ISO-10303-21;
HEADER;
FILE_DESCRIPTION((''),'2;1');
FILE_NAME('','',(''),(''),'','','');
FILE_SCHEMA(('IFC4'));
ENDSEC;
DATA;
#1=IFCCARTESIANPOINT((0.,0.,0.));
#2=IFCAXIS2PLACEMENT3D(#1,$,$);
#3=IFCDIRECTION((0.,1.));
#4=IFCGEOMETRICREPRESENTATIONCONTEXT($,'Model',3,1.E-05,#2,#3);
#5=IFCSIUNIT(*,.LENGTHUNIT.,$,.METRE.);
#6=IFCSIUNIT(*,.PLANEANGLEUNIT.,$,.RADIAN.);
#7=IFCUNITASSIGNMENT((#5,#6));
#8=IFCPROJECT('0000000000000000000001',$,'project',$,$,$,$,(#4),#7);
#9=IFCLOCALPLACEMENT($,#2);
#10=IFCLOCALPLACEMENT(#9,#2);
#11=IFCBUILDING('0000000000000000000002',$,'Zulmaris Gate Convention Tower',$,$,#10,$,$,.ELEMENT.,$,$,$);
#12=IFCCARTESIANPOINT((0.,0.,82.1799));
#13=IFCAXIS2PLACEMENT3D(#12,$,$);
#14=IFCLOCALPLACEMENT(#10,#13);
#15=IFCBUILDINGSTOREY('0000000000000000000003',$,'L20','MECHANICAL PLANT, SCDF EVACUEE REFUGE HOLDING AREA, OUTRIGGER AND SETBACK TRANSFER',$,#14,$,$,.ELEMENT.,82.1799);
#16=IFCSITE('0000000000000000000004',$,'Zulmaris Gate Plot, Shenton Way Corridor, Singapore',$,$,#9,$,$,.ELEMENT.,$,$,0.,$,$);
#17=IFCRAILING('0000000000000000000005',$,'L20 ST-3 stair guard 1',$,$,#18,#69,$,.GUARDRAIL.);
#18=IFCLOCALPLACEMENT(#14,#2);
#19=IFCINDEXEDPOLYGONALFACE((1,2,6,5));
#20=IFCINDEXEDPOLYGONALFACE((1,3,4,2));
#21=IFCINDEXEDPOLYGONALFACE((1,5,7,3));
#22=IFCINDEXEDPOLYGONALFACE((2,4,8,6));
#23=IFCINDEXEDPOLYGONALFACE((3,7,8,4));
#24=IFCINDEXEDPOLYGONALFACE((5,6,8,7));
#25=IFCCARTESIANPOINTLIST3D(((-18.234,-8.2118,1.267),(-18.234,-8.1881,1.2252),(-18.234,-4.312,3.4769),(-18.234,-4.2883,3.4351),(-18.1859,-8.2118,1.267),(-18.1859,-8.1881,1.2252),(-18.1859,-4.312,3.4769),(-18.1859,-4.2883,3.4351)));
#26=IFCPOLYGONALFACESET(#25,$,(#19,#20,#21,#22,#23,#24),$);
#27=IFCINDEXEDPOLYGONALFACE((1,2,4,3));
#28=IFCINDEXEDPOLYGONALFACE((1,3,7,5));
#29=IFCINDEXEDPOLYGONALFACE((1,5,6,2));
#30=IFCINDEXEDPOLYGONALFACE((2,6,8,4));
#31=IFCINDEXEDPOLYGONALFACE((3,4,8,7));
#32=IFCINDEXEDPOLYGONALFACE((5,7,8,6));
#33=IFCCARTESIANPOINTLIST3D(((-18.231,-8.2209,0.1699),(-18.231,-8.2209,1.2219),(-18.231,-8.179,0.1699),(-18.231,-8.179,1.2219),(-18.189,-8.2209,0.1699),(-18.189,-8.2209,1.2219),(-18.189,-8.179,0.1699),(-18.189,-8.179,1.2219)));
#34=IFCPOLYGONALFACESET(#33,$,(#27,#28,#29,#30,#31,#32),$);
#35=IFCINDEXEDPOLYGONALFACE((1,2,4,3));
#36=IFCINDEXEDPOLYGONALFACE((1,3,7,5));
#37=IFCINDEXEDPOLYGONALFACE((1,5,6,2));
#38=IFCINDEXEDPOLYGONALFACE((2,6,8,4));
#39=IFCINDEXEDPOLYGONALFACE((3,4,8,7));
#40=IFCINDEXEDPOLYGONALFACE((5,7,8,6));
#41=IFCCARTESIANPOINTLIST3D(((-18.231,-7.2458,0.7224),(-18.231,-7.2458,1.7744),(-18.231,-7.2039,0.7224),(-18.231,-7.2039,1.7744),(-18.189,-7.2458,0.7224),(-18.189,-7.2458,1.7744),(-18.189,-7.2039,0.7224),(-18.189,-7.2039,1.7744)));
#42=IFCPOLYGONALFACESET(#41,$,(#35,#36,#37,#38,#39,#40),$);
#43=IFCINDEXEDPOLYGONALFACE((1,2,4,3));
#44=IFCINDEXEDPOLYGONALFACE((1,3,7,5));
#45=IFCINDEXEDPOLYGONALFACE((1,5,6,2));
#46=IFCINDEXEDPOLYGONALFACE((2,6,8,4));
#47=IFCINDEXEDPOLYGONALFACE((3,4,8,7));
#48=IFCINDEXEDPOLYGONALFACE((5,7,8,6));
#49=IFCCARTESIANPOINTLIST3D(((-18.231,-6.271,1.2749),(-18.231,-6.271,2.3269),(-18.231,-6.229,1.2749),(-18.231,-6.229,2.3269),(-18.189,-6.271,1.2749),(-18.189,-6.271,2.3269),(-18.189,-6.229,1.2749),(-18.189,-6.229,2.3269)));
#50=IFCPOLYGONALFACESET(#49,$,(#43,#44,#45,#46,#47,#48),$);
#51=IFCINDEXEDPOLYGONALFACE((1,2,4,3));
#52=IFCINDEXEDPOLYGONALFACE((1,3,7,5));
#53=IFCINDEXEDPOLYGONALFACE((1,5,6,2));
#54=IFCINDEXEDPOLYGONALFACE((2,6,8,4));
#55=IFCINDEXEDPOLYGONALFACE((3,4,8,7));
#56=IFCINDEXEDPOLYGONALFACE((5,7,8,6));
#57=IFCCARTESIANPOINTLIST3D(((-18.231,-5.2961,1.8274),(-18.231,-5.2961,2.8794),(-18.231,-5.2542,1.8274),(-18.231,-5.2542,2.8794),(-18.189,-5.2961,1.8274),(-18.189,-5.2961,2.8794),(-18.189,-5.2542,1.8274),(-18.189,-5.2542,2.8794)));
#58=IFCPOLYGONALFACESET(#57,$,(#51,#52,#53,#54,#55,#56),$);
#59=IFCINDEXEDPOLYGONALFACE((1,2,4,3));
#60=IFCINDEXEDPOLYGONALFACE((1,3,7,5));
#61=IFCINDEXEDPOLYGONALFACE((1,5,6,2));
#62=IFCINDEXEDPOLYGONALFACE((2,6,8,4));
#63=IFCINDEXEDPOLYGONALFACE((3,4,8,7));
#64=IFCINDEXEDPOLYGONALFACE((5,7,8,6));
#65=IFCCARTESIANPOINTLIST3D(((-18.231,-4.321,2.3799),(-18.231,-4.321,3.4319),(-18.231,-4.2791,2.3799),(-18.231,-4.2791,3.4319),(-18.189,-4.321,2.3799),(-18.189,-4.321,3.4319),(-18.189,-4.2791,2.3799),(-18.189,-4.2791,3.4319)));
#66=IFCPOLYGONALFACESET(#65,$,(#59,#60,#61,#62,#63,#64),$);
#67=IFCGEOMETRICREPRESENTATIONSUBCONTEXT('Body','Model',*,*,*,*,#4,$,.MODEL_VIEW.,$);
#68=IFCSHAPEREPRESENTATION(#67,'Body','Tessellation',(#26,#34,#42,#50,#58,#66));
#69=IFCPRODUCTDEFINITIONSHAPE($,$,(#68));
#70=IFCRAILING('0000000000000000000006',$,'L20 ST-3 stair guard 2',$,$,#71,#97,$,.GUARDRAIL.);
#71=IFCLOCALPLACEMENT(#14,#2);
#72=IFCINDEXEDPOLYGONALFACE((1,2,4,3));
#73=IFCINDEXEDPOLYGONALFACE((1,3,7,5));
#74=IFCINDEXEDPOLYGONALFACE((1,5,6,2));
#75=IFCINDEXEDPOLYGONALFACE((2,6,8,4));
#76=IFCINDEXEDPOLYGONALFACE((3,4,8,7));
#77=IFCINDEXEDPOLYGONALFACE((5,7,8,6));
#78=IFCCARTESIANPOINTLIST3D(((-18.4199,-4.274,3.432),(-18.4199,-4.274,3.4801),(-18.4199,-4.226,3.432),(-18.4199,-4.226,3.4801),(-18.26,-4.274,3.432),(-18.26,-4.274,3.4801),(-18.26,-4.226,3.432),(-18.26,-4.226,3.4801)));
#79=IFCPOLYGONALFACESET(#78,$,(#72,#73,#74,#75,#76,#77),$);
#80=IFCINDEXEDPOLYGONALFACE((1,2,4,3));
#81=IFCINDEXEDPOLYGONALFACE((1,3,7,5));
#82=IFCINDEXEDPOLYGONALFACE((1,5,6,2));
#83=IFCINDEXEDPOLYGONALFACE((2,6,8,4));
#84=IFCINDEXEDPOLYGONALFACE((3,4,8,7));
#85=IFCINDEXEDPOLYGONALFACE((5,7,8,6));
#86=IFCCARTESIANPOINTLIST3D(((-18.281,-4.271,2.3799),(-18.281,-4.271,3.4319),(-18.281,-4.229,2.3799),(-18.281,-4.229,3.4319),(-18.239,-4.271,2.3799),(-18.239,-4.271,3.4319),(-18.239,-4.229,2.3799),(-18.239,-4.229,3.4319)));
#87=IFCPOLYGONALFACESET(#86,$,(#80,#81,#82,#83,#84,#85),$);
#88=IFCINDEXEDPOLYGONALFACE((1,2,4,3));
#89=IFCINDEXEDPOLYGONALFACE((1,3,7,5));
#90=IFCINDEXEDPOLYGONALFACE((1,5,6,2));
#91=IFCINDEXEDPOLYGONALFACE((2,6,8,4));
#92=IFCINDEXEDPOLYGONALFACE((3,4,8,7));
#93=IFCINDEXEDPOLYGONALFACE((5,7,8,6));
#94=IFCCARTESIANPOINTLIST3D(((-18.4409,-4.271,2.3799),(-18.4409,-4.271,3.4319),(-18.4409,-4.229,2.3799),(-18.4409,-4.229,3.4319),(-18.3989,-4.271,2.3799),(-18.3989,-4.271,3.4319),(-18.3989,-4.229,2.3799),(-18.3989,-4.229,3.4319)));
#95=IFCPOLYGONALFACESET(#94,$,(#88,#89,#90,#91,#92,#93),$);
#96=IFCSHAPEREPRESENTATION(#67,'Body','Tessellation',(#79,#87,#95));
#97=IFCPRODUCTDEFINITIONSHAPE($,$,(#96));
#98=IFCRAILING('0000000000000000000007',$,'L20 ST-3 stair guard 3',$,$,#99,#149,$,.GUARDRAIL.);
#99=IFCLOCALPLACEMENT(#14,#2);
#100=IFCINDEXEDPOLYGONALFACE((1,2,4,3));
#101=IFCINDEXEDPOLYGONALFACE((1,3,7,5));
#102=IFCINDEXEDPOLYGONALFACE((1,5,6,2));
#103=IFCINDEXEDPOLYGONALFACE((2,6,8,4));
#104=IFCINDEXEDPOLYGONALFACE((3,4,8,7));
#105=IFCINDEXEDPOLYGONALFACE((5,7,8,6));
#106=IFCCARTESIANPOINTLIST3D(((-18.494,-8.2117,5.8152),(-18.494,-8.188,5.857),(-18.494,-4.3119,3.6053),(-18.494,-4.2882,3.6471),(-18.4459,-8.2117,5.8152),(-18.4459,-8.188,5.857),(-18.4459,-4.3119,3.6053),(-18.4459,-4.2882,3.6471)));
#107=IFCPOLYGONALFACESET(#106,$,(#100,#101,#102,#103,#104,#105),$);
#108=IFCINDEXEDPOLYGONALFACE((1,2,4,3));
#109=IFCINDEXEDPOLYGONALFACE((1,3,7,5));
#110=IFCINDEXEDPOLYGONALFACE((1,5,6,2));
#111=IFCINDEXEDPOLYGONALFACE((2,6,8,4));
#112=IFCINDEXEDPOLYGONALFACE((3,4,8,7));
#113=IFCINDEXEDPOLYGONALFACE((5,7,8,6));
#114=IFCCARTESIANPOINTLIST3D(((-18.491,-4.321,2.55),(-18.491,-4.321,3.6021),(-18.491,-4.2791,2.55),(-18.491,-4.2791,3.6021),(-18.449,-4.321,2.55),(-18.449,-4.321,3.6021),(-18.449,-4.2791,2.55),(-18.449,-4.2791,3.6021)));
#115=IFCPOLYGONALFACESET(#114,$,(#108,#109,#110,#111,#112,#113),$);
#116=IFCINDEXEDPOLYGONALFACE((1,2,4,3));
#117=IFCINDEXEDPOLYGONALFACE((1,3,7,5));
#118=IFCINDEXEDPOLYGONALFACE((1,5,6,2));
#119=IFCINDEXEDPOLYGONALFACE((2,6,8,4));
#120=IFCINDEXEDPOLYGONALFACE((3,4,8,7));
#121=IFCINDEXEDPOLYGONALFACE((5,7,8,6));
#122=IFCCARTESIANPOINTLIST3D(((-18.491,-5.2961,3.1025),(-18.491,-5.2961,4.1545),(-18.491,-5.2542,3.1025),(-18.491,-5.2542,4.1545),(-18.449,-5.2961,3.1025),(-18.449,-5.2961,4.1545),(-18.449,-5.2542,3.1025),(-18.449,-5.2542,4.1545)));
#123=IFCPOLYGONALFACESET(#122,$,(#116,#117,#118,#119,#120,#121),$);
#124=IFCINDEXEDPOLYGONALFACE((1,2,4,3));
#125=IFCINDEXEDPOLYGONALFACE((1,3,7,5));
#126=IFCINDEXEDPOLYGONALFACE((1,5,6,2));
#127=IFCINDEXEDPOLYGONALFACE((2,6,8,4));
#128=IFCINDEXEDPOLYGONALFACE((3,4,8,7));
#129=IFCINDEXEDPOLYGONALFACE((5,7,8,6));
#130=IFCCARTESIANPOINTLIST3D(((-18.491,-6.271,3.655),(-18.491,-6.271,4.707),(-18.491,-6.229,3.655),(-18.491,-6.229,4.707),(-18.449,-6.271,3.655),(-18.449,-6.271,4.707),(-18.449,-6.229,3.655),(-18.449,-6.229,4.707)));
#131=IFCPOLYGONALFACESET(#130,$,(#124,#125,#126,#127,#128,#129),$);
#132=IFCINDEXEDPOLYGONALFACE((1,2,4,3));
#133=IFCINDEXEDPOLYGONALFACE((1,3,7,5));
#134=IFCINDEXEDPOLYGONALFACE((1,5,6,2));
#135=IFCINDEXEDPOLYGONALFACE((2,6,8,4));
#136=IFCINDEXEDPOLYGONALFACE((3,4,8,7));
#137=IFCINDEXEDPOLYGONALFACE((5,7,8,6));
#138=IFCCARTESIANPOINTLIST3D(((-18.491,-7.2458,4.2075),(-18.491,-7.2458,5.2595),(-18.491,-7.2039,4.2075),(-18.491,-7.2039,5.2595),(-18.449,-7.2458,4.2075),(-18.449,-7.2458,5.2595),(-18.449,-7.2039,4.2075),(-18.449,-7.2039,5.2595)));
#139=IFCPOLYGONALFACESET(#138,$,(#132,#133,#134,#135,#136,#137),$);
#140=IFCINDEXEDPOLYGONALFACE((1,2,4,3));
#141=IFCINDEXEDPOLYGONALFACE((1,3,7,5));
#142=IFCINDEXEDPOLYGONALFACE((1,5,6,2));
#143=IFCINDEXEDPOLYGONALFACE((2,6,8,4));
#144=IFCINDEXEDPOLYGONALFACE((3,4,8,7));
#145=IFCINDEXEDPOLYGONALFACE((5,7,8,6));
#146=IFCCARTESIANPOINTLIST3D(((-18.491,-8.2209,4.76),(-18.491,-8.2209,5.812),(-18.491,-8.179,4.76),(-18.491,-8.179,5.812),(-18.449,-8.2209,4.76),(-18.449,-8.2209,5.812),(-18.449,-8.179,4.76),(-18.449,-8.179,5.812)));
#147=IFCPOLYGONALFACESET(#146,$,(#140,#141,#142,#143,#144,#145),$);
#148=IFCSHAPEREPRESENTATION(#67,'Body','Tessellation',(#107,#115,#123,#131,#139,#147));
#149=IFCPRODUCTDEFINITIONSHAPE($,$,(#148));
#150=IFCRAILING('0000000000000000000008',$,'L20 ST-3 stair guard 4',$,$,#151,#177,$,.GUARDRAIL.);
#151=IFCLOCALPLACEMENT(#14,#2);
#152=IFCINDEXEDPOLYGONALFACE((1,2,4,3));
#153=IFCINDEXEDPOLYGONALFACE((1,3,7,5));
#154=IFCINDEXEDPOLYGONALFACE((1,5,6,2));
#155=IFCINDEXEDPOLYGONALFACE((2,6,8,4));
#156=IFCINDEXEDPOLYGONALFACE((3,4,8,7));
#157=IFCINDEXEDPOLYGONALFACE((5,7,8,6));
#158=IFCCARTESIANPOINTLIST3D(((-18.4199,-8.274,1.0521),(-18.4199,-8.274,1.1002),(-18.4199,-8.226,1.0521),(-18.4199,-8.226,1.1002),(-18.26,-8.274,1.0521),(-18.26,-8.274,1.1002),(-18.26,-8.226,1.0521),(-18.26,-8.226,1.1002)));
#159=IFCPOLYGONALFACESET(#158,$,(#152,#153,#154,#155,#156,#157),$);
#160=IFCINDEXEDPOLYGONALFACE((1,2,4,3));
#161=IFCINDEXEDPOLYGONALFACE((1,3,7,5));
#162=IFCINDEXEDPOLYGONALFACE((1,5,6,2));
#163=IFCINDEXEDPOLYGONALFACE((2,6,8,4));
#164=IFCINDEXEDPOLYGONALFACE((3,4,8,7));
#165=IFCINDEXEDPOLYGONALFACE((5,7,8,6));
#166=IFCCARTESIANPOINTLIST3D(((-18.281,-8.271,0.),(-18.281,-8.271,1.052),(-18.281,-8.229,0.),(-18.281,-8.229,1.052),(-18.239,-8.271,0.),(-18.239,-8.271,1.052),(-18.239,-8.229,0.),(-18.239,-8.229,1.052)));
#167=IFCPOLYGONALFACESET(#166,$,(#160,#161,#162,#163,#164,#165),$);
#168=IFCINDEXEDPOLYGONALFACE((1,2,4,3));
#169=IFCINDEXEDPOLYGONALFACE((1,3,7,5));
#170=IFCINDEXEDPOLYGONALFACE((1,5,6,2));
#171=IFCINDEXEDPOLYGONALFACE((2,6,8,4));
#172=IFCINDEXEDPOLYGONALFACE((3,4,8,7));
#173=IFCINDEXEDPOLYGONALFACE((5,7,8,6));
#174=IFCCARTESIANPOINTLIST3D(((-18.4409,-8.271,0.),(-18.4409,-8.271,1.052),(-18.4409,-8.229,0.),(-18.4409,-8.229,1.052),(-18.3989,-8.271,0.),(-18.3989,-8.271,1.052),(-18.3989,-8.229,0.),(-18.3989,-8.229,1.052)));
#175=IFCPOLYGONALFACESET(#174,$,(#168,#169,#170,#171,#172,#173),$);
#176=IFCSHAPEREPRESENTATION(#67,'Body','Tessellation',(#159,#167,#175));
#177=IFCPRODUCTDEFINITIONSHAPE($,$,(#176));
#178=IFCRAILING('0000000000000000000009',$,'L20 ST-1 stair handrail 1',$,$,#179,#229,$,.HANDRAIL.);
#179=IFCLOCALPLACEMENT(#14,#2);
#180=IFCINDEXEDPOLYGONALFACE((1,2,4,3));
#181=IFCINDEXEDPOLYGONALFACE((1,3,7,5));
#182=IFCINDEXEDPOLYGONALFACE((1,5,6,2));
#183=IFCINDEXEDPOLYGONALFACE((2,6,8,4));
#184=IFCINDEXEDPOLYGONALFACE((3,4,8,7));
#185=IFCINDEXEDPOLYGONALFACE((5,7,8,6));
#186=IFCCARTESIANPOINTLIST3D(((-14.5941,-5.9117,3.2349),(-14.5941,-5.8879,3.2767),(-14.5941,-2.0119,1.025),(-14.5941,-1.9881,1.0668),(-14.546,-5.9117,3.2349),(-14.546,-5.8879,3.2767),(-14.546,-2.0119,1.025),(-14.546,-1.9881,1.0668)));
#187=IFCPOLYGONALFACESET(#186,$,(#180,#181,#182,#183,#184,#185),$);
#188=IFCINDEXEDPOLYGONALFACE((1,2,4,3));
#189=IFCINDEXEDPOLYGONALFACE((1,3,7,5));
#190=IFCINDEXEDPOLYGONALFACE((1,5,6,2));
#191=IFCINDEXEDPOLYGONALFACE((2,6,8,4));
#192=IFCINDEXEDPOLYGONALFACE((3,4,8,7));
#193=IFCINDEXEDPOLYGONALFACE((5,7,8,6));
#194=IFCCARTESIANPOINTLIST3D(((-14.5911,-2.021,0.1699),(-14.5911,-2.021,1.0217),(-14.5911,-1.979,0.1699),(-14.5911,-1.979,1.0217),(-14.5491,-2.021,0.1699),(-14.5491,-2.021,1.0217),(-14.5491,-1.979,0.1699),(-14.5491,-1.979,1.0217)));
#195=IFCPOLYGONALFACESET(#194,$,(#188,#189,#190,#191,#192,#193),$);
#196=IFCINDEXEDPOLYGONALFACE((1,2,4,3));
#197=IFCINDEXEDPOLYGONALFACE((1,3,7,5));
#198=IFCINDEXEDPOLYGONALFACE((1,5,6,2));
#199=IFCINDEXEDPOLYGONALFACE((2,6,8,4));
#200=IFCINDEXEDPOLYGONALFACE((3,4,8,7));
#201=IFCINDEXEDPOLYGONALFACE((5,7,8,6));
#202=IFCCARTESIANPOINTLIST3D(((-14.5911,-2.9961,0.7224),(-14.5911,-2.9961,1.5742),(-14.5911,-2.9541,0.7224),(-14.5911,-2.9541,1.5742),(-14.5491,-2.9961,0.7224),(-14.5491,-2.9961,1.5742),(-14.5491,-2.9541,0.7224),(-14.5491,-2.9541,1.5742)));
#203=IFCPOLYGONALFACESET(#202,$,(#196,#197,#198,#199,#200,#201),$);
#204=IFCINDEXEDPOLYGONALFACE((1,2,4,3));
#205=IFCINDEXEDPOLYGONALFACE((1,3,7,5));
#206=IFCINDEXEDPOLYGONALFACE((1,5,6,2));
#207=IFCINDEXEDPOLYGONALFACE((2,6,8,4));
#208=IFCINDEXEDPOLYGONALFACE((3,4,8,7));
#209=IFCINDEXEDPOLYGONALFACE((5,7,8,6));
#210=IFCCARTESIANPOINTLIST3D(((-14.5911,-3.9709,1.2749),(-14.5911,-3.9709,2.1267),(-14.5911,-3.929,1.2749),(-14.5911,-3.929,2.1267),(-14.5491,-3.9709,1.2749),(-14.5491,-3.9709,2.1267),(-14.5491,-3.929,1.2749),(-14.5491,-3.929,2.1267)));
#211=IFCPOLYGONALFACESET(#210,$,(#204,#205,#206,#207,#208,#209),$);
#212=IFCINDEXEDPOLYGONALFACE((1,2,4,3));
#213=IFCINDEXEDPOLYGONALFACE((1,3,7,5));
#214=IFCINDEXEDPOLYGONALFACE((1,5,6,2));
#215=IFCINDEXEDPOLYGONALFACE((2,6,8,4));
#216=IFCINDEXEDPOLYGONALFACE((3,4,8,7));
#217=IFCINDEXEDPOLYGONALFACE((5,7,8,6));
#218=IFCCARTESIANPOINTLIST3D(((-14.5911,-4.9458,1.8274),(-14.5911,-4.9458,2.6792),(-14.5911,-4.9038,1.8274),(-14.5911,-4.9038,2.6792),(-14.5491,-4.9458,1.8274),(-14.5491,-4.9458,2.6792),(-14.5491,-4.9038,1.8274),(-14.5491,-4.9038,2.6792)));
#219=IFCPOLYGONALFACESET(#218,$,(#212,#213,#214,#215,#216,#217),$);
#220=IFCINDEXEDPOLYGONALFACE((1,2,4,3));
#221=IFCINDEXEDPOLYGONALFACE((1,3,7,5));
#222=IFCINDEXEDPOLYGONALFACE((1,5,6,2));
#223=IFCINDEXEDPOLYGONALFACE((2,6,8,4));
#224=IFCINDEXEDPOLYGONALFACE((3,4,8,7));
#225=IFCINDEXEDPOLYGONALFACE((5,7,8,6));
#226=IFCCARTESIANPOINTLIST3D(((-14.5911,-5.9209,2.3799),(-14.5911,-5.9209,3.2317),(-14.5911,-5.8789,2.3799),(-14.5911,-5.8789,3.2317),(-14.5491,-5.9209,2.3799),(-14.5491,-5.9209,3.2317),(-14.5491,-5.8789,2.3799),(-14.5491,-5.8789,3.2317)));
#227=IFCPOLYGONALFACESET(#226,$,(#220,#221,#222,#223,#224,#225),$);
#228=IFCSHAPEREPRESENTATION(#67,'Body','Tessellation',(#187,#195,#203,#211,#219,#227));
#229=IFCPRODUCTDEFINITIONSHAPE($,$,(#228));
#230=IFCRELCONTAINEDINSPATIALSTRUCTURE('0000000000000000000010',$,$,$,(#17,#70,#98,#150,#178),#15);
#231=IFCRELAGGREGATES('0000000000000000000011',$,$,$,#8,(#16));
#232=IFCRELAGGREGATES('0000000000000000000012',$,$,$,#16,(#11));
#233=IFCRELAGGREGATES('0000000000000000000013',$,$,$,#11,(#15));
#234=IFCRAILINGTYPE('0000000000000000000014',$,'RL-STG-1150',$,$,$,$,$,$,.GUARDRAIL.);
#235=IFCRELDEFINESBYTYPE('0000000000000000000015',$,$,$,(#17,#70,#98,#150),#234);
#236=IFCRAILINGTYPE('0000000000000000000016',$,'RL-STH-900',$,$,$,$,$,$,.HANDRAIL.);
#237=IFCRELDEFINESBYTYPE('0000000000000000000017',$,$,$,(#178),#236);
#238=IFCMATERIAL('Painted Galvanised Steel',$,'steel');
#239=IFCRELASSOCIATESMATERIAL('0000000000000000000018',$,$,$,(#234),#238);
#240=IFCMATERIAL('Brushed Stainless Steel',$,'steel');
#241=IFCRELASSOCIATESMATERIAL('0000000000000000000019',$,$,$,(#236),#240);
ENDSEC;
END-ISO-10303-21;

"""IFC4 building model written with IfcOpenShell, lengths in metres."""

from ifc_helpers import new_model, si_unit, direction, frame, origin, origin_2d, place, context, subcontext, project, spatial, rectangle, extrude, material, type_object, element, save


model = new_model("IFC4")

# Units and contexts
model_context = context("Model", 3, precision=1e-05, world=origin(), true_north=direction((0.0, 1.0)))
body_context = subcontext(model_context, "Body", "Model", "MODEL_VIEW")
ifc_project = project(units=[si_unit("LENGTHUNIT", "METRE"), si_unit("PLANEANGLEUNIT", "RADIAN")], contexts=[model_context])

# Site, building, storey
site_placement = place(None, origin())
site = spatial("IfcSite", under=ifc_project, at=site_placement, Name="Zulmaris Gate Plot, Shenton Way Corridor, Singapore", CompositionType="ELEMENT", RefElevation=0.0)
building_placement = place(site_placement, origin())
building = spatial("IfcBuilding", under=site, at=building_placement, Name="Zulmaris Gate Convention Tower", CompositionType="ELEMENT")
storey_placement = place(building_placement, frame((0.0, 0.0, 82.1799)))
storey = spatial("IfcBuildingStorey", under=building, at=storey_placement, Name="L20", Description="MECHANICAL PLANT, SCDF EVACUEE REFUGE HOLDING AREA, OUTRIGGER AND SETBACK TRANSFER", CompositionType="ELEMENT", Elevation=82.1799)

# Railings
ifc_material_1 = material(Name="Painted Galvanised Steel", Category="steel")
railing_type_1 = type_object("IfcRailingType", Name="RL-STG-1150", PredefinedType="GUARDRAIL", material=ifc_material_1)
railing_1_placement = place(storey_placement, frame((-18.21, -8.2, 0.1699)))
element("IfcRailing", 1, at=railing_1_placement, inside=storey, type_object=railing_type_1, Name="L20 ST-3 stair guard 1", PredefinedType="GUARDRAIL", context=body_context, shape_type="SweptSolid", body=[
    extrude(rectangle(XDim=0.0481, YDim=0.0481, at=origin_2d()), frame((0.0, 0.0, 1.0762), z_axis=(0.0, 0.870021, 0.493015), x_axis=(-1.0, 0.0, 0.0)), (0.0, 0.0, 1.0), 4.4824),
    extrude(rectangle(XDim=0.042, YDim=0.042, at=origin_2d()), origin(), (0.0, 0.0, 1.0), 1.052),
    extrude(rectangle(XDim=0.042, YDim=0.042, at=origin_2d()), frame((0.0, 0.9751, 0.5525)), (0.0, 0.0, 1.0), 1.052),
    extrude(rectangle(XDim=0.042, YDim=0.042, at=origin_2d()), frame((0.0, 1.95, 1.105)), (0.0, 0.0, 1.0), 1.052),
    extrude(rectangle(XDim=0.042, YDim=0.042, at=origin_2d()), frame((0.0, 2.9248, 1.6575)), (0.0, 0.0, 1.0), 1.052),
    extrude(rectangle(XDim=0.042, YDim=0.042, at=origin_2d()), frame((0.0, 3.8999, 2.21)), (0.0, 0.0, 1.0), 1.052),
])
railing_2_placement = place(storey_placement, frame((-18.26, -4.25, 2.3799)))
element("IfcRailing", 2, at=railing_2_placement, inside=storey, type_object=railing_type_1, Name="L20 ST-3 stair guard 2", PredefinedType="GUARDRAIL", context=body_context, shape_type="SweptSolid", body=[
    extrude(rectangle(XDim=0.0481, YDim=0.0481, at=origin_2d()), frame((0.0, 0.0, 1.0762), z_axis=(-1.0, 0.0, 0.0), x_axis=(0.0, -1.0, 0.0)), (0.0, 0.0, 1.0), 0.1599),
    extrude(rectangle(XDim=0.042, YDim=0.042, at=origin_2d()), origin(), (0.0, 0.0, 1.0), 1.052),
    extrude(rectangle(XDim=0.042, YDim=0.042, at=origin_2d()), frame((-0.1599, 0.0, 0.0)), (0.0, 0.0, 1.0), 1.052),
])
railing_3_placement = place(storey_placement, frame((-18.47, -4.3, 2.55)))
element("IfcRailing", 3, at=railing_3_placement, inside=storey, type_object=railing_type_1, Name="L20 ST-3 stair guard 3", PredefinedType="GUARDRAIL", context=body_context, shape_type="SweptSolid", body=[
    extrude(rectangle(XDim=0.0481, YDim=0.0481, at=origin_2d()), frame((0.0, 0.0, 1.0762), z_axis=(0.0, -0.870021, 0.493015), x_axis=(1.0, 0.0, 0.0)), (0.0, 0.0, 1.0), 4.4824),
    extrude(rectangle(XDim=0.042, YDim=0.042, at=origin_2d()), origin(), (0.0, 0.0, 1.0), 1.052),
    extrude(rectangle(XDim=0.042, YDim=0.042, at=origin_2d()), frame((0.0, -0.9751, 0.5525)), (0.0, 0.0, 1.0), 1.052),
    extrude(rectangle(XDim=0.042, YDim=0.042, at=origin_2d()), frame((0.0, -1.95, 1.105)), (0.0, 0.0, 1.0), 1.052),
    extrude(rectangle(XDim=0.042, YDim=0.042, at=origin_2d()), frame((0.0, -2.9248, 1.6575)), (0.0, 0.0, 1.0), 1.052),
    extrude(rectangle(XDim=0.042, YDim=0.042, at=origin_2d()), frame((0.0, -3.8999, 2.21)), (0.0, 0.0, 1.0), 1.052),
])
railing_4_placement = place(storey_placement, frame((-18.26, -8.25, 0.0)))
element("IfcRailing", 4, at=railing_4_placement, inside=storey, type_object=railing_type_1, Name="L20 ST-3 stair guard 4", PredefinedType="GUARDRAIL", context=body_context, shape_type="SweptSolid", body=[
    extrude(rectangle(XDim=0.0481, YDim=0.0481, at=origin_2d()), frame((0.0, 0.0, 1.0762), z_axis=(-1.0, 0.0, 0.0), x_axis=(0.0, -1.0, 0.0)), (0.0, 0.0, 1.0), 0.1599),
    extrude(rectangle(XDim=0.042, YDim=0.042, at=origin_2d()), origin(), (0.0, 0.0, 1.0), 1.052),
    extrude(rectangle(XDim=0.042, YDim=0.042, at=origin_2d()), frame((-0.1599, 0.0, 0.0)), (0.0, 0.0, 1.0), 1.052),
])
ifc_material_2 = material(Name="Brushed Stainless Steel", Category="steel")
railing_type_2 = type_object("IfcRailingType", Name="RL-STH-900", PredefinedType="HANDRAIL", material=ifc_material_2)
railing_5_placement = place(storey_placement, frame((-14.5701, -2.0, 0.1699)))
element("IfcRailing", 5, at=railing_5_placement, inside=storey, type_object=railing_type_2, Name="L20 ST-1 stair handrail 1", PredefinedType="HANDRAIL", context=body_context, shape_type="SweptSolid", body=[
    extrude(rectangle(XDim=0.0481, YDim=0.0481, at=origin_2d()), frame((0.0, 0.0, 0.876), z_axis=(0.0, -0.870021, 0.493015), x_axis=(1.0, 0.0, 0.0)), (0.0, 0.0, 1.0), 4.4824),
    extrude(rectangle(XDim=0.042, YDim=0.042, at=origin_2d()), origin(), (0.0, 0.0, 1.0), 0.8518),
    extrude(rectangle(XDim=0.042, YDim=0.042, at=origin_2d()), frame((0.0, -0.9751, 0.5525)), (0.0, 0.0, 1.0), 0.8518),
    extrude(rectangle(XDim=0.042, YDim=0.042, at=origin_2d()), frame((0.0, -1.95, 1.105)), (0.0, 0.0, 1.0), 0.8518),
    extrude(rectangle(XDim=0.042, YDim=0.042, at=origin_2d()), frame((0.0, -2.9248, 1.6575)), (0.0, 0.0, 1.0), 0.8518),
    extrude(rectangle(XDim=0.042, YDim=0.042, at=origin_2d()), frame((0.0, -3.8999, 2.21)), (0.0, 0.0, 1.0), 0.8518),
])

save(model, "model.ifc")
